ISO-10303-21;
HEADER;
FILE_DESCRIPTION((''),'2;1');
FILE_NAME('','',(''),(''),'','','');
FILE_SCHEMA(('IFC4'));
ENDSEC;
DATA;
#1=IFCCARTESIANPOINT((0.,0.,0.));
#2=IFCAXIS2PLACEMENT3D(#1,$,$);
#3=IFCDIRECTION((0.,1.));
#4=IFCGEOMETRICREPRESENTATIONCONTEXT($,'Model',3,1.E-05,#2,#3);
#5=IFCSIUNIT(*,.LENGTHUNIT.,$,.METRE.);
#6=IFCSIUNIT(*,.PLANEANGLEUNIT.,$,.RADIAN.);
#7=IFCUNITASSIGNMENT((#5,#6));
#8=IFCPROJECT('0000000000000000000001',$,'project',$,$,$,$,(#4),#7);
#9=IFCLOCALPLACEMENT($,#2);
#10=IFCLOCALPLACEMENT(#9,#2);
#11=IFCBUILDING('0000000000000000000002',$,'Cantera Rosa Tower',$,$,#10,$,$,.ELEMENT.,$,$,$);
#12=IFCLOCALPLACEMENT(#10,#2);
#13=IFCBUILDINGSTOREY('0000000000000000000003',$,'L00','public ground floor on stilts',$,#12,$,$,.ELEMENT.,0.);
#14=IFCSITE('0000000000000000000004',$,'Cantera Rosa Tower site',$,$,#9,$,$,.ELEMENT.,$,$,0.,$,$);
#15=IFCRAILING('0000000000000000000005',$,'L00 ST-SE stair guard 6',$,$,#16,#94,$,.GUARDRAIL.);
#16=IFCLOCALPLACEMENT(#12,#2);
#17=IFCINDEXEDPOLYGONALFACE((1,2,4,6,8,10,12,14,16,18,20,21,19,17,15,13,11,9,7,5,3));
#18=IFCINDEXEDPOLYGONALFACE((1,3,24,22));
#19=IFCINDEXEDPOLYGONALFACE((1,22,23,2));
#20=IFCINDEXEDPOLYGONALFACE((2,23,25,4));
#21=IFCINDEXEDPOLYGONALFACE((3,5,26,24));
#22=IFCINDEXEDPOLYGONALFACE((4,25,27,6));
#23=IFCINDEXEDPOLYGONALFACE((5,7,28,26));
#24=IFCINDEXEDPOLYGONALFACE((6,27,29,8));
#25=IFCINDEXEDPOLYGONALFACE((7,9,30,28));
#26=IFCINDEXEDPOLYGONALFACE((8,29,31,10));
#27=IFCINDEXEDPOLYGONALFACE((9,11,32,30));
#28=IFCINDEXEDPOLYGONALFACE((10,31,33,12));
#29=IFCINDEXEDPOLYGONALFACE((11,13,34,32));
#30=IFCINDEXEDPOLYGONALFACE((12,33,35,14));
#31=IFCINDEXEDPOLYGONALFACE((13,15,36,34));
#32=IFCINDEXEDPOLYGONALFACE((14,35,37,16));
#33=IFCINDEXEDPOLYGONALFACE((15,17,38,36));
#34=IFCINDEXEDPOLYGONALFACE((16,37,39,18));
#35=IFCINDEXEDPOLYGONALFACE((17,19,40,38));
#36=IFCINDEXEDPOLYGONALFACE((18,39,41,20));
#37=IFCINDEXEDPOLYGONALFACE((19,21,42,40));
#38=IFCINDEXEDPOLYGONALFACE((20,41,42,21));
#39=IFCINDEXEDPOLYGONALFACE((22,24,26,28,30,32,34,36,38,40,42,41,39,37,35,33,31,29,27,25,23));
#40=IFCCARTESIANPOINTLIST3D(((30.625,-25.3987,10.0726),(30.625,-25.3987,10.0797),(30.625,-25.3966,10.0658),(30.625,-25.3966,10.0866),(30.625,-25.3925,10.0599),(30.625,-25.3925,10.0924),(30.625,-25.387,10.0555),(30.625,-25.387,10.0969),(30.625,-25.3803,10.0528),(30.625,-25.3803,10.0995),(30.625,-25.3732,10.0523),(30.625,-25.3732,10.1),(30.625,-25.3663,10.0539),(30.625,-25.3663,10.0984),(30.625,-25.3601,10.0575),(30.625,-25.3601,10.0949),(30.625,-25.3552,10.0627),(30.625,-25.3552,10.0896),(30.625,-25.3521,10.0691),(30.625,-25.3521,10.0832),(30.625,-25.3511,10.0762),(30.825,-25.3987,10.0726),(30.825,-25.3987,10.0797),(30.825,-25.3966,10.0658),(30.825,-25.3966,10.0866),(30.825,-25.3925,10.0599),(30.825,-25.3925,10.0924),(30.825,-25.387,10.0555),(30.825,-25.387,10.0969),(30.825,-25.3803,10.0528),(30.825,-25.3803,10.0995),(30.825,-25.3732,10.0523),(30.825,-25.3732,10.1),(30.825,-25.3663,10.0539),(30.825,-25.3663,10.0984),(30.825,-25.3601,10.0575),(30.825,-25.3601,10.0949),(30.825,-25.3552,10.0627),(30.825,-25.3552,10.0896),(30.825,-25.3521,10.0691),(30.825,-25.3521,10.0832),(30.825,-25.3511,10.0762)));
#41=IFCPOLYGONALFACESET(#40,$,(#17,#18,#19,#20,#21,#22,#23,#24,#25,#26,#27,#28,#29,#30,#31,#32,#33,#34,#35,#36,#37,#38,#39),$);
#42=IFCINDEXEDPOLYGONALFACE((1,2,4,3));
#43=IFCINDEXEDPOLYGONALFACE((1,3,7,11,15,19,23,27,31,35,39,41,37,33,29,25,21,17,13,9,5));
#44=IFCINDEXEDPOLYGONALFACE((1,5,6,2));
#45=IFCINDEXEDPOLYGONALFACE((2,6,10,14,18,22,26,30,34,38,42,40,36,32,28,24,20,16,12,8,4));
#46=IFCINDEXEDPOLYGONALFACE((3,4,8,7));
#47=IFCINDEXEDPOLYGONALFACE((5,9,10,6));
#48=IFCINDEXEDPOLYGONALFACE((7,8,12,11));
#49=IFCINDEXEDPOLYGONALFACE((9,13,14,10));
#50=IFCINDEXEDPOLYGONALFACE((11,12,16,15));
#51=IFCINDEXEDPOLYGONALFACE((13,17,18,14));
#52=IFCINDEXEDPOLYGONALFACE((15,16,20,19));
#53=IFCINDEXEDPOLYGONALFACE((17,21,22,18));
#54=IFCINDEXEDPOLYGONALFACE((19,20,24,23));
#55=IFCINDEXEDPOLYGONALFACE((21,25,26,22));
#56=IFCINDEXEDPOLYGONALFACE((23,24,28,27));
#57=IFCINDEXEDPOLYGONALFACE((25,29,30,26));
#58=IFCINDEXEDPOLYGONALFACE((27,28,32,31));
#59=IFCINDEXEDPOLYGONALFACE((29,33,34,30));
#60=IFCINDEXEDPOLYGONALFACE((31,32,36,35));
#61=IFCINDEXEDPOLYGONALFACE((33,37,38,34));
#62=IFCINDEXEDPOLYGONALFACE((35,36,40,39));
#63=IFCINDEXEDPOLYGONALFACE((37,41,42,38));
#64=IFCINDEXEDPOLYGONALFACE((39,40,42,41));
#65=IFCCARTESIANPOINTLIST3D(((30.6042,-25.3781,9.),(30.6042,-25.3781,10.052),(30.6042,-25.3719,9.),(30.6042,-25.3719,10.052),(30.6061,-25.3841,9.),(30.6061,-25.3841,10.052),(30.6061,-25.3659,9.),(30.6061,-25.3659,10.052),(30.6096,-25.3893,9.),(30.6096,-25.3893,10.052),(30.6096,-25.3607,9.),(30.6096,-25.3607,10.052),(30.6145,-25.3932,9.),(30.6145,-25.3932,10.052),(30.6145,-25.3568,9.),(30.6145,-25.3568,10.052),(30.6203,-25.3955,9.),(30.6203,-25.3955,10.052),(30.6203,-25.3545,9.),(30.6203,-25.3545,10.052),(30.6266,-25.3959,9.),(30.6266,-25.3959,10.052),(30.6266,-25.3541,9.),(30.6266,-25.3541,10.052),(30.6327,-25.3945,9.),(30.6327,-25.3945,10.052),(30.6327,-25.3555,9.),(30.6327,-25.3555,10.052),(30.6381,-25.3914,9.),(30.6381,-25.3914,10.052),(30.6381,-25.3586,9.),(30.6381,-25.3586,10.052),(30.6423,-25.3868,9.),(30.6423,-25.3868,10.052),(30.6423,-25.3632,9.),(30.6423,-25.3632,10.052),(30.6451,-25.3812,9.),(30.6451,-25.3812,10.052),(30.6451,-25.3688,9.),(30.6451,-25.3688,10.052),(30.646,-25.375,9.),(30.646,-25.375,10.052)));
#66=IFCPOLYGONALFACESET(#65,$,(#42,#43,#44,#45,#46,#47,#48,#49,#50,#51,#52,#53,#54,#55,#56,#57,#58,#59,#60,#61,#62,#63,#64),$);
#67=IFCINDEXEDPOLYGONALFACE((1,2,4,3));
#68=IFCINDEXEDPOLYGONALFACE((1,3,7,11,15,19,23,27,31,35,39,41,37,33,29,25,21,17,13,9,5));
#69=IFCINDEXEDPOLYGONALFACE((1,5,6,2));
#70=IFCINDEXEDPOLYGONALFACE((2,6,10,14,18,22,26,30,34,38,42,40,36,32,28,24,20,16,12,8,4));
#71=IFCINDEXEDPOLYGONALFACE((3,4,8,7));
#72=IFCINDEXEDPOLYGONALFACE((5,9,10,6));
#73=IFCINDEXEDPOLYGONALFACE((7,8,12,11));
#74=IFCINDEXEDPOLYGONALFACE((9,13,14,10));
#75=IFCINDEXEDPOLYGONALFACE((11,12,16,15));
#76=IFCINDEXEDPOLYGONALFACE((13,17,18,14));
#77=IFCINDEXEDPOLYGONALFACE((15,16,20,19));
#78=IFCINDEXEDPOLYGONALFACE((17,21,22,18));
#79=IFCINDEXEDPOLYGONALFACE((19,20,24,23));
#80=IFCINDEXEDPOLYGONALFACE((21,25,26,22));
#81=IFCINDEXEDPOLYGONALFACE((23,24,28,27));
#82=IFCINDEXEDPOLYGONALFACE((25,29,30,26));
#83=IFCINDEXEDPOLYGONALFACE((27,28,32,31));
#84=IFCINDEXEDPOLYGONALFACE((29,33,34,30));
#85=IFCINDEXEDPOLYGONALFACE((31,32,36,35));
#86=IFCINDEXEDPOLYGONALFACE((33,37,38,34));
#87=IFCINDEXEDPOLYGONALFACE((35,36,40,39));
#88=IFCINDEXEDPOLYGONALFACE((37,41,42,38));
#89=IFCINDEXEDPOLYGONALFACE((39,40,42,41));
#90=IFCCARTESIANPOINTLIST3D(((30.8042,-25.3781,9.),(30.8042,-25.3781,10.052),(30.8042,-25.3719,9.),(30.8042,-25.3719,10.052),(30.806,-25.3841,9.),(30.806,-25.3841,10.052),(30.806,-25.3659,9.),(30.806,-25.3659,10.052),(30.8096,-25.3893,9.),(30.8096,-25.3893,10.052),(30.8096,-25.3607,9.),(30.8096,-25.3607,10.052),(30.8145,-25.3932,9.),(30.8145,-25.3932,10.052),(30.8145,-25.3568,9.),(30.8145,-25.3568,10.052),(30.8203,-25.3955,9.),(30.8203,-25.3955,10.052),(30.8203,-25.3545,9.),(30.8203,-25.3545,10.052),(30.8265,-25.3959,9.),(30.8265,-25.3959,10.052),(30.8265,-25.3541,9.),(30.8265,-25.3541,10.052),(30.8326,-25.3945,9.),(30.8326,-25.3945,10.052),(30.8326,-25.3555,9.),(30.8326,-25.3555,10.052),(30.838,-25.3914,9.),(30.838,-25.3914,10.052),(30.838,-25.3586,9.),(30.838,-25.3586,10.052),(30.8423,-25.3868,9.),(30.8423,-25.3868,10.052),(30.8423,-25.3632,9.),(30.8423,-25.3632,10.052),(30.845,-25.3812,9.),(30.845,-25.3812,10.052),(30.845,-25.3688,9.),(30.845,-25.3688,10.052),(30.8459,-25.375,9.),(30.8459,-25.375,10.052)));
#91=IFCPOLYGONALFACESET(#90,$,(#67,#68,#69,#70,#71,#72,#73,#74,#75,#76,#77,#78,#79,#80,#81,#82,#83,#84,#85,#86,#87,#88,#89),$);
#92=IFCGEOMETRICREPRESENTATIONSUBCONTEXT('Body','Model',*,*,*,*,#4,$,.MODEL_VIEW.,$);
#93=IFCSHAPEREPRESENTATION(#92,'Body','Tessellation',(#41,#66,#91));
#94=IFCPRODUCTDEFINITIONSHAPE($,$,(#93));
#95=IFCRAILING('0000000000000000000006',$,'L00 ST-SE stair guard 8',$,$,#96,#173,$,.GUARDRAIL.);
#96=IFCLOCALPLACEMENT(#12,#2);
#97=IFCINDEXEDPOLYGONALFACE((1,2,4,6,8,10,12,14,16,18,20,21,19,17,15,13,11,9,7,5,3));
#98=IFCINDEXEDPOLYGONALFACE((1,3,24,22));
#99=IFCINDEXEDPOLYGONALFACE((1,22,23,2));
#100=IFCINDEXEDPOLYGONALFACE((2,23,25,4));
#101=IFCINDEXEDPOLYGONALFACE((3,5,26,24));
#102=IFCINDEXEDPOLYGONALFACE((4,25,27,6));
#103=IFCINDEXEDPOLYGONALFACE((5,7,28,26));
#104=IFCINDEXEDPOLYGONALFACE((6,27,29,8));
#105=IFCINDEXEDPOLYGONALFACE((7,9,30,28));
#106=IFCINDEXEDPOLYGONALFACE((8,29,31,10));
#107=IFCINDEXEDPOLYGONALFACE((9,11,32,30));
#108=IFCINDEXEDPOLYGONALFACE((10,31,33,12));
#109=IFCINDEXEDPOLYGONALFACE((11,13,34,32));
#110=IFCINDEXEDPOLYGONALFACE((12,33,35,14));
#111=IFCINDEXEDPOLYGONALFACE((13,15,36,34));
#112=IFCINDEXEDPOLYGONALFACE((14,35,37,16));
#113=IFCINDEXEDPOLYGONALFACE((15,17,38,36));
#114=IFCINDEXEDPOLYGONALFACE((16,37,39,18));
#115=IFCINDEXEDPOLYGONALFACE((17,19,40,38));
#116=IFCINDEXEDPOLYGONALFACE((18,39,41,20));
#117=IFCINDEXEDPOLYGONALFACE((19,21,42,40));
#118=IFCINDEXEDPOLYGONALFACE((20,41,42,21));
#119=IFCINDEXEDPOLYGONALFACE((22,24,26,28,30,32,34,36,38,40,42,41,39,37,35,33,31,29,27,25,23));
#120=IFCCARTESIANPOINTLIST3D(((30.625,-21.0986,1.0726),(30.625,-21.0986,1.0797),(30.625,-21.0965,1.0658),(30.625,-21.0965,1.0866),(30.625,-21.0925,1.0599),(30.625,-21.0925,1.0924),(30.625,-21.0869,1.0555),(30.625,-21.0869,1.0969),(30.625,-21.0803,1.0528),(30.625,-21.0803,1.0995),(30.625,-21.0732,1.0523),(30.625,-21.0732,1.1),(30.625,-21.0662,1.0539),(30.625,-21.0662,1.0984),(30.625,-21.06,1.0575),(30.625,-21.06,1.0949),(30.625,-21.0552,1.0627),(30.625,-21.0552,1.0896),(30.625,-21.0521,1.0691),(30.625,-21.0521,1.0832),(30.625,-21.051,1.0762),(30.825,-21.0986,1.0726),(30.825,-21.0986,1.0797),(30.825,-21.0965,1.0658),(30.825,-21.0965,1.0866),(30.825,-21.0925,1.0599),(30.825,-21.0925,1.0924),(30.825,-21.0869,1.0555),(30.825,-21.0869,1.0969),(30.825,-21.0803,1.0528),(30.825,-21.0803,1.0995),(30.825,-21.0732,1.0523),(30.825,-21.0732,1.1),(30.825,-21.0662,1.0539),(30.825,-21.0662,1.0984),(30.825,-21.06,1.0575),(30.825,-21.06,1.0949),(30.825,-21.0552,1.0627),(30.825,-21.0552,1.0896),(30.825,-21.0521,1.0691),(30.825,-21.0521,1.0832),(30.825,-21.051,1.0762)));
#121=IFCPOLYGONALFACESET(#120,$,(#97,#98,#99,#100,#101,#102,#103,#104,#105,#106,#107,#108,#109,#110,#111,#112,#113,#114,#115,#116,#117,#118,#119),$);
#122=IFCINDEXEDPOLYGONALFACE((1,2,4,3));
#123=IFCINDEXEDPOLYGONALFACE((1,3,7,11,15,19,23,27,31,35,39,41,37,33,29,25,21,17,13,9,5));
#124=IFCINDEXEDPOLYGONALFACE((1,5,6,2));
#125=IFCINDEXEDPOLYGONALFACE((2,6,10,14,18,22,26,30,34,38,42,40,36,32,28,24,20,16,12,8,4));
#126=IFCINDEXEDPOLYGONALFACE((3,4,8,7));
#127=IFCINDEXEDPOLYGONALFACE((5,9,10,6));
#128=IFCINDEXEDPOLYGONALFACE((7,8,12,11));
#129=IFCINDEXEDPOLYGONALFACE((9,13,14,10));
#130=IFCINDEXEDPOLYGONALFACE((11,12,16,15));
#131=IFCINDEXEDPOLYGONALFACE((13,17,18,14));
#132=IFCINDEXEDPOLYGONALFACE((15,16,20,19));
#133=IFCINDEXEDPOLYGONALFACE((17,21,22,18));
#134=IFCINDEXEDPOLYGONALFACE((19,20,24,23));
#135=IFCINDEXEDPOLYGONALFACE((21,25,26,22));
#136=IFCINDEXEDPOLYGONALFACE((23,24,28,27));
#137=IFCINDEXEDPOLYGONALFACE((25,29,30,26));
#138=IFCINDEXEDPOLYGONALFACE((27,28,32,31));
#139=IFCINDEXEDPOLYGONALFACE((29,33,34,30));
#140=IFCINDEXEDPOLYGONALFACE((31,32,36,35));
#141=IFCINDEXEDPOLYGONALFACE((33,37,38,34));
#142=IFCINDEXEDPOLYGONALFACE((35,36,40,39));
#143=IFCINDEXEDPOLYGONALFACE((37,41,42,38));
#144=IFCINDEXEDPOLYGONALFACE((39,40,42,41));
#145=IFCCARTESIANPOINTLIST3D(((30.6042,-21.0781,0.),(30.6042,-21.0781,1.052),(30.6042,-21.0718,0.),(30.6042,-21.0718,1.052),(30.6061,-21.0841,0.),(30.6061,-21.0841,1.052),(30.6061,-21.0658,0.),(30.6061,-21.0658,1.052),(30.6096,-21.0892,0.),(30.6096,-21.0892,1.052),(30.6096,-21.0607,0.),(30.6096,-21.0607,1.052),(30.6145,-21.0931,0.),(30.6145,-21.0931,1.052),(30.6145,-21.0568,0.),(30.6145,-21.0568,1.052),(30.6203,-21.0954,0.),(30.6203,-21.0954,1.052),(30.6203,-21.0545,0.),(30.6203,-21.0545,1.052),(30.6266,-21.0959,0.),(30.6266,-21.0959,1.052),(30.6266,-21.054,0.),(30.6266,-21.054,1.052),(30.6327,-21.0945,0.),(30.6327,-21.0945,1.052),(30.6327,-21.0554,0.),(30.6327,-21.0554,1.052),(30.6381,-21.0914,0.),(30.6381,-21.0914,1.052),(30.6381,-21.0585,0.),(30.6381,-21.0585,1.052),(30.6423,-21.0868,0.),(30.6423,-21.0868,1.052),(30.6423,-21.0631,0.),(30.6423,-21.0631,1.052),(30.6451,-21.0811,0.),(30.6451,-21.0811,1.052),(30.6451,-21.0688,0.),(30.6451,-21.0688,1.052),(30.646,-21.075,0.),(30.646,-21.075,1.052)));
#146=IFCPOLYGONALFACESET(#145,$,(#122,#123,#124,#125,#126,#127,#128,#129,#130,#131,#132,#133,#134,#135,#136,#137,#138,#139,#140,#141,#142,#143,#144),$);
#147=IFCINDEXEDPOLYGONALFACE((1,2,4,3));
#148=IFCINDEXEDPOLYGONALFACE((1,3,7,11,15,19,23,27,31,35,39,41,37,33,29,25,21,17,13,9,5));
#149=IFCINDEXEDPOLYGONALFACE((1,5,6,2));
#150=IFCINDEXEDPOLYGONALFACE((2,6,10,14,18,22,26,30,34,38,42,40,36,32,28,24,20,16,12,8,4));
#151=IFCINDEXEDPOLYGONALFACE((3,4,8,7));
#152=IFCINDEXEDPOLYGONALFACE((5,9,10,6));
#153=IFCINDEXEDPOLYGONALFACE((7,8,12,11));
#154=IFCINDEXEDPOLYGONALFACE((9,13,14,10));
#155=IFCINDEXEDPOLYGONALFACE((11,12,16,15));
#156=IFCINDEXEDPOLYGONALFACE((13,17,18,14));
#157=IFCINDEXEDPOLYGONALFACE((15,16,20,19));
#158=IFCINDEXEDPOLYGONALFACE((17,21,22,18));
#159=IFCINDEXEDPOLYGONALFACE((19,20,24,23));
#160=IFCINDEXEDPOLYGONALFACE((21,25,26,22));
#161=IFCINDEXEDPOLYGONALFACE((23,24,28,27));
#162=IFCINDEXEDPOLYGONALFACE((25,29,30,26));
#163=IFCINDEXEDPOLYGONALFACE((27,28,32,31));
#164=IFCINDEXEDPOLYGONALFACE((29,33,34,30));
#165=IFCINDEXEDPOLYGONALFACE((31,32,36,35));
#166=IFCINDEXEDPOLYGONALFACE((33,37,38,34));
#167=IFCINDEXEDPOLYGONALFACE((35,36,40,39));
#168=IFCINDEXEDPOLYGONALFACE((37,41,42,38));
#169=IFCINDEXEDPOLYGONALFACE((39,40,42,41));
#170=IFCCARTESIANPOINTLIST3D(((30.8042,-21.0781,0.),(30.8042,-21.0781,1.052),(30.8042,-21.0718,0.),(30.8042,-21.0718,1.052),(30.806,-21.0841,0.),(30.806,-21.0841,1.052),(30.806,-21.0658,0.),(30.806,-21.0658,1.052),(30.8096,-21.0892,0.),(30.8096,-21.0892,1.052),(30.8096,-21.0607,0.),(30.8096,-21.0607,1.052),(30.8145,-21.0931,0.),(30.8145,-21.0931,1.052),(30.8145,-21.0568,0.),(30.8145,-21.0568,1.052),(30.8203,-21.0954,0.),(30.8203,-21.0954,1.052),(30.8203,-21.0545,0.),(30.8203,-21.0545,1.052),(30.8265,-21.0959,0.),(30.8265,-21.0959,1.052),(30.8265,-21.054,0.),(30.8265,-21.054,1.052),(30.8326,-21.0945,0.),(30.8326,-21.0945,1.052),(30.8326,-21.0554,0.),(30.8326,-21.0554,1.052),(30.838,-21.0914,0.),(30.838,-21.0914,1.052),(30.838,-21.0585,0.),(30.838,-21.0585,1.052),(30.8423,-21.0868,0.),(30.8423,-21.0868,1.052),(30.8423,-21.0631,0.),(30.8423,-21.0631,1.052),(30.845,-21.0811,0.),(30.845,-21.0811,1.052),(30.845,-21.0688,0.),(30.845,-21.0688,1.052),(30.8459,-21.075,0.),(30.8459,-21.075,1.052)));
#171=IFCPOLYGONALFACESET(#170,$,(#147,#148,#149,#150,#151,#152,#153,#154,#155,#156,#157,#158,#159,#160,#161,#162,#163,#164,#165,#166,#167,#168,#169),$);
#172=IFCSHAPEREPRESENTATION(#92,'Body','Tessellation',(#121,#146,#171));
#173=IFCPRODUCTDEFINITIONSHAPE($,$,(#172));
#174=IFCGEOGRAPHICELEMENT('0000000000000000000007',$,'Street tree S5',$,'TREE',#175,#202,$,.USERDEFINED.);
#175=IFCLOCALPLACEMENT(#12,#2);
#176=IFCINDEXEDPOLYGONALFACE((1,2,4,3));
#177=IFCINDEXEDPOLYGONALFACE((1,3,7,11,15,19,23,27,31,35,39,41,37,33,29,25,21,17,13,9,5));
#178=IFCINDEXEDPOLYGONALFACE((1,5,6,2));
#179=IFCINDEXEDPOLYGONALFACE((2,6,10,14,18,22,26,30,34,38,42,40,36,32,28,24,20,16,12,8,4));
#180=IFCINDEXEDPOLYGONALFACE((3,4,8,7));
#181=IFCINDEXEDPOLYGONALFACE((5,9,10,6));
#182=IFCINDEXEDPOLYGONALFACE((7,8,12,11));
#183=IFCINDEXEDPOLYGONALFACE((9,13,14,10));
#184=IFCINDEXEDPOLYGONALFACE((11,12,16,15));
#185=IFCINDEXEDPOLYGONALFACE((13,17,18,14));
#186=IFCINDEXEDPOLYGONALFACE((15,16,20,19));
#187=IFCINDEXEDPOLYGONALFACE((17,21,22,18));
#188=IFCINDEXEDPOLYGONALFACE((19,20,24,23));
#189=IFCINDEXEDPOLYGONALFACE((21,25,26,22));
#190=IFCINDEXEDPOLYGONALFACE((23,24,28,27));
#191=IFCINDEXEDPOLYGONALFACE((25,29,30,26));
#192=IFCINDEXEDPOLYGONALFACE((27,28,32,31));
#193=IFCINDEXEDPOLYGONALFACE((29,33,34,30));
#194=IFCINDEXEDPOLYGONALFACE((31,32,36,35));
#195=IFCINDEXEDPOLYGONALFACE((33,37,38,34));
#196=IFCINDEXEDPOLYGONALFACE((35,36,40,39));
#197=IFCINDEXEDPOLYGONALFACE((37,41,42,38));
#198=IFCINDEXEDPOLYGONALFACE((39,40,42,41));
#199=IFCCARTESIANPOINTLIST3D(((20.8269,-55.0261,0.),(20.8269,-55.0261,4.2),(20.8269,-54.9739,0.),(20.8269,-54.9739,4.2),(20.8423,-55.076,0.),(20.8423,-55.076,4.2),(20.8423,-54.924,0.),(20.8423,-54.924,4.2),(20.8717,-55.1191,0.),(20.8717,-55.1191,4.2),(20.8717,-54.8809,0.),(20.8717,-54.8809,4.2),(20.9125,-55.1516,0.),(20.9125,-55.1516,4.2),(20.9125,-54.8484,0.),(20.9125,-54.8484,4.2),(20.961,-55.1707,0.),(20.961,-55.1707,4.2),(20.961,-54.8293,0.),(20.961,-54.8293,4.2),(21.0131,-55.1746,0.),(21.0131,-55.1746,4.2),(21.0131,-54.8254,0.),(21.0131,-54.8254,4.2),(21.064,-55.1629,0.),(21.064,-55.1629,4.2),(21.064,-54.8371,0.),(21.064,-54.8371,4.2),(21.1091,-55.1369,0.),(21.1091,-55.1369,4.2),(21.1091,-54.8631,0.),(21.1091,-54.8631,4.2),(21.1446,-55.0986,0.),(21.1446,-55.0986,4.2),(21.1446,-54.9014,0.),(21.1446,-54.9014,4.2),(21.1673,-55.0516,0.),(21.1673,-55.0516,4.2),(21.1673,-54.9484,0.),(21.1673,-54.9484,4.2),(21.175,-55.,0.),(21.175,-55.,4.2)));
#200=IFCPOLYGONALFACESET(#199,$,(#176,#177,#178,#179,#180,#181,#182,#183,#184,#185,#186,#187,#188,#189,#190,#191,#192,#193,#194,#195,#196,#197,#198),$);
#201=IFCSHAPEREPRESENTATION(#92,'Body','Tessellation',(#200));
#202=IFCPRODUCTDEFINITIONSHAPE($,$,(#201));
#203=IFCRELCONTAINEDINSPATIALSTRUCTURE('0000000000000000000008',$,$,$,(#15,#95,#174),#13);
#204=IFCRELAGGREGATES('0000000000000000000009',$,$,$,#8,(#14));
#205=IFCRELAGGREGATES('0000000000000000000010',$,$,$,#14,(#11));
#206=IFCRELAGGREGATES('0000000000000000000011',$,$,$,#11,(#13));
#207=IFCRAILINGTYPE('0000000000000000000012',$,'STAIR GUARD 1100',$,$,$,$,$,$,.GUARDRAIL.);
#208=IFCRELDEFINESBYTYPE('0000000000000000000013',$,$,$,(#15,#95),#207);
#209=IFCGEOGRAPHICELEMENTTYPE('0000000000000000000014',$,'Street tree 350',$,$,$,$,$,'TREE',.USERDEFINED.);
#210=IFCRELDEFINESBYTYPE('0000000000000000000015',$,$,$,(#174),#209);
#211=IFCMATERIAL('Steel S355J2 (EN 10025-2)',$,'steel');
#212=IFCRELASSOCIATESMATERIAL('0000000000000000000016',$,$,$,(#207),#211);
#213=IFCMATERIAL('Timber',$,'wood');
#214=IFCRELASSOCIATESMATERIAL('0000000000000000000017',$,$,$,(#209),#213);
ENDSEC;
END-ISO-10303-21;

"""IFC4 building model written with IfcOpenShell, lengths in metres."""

from ifc_helpers import new_model, si_unit, direction, frame, origin, origin_2d, place, context, subcontext, project, spatial, circle, extrude, material, material_profile, profile_set, type_object, element, save


model = new_model("IFC4")

# Units and contexts
model_context = context("Model", 3, precision=1e-05, world=origin(), true_north=direction((0.0, 1.0)))
body_context = subcontext(model_context, "Body", "Model", "MODEL_VIEW")
ifc_project = project(units=[si_unit("LENGTHUNIT", "METRE"), si_unit("PLANEANGLEUNIT", "RADIAN")], contexts=[model_context])

# Site, building, storey
site_placement = place(None, origin())
site = spatial("IfcSite", under=ifc_project, at=site_placement, Name="Cantera Rosa Tower site", CompositionType="ELEMENT", RefElevation=0.0)
building_placement = place(site_placement, origin())
building = spatial("IfcBuilding", under=site, at=building_placement, Name="Cantera Rosa Tower", CompositionType="ELEMENT")
storey_placement = place(building_placement, origin())
storey = spatial("IfcBuildingStorey", under=building, at=storey_placement, Name="L00", Description="public ground floor on stilts", CompositionType="ELEMENT", Elevation=0.0)

# Railings
ifc_material_1 = material(Name="Steel S355J2 (EN 10025-2)", Category="steel")
railing_type_1 = type_object("IfcRailingType", Name="STAIR GUARD 1100", PredefinedType="GUARDRAIL", material=ifc_material_1)
railing_1_placement = place(storey_placement, frame((30.625, -25.375, 9.0)))
element("IfcRailing", 1, at=railing_1_placement, inside=storey, type_object=railing_type_1, Name="L00 ST-SE stair guard 6", PredefinedType="GUARDRAIL", context=body_context, shape_type="SweptSolid", body=[
    extrude(circle(Radius=0.0239, at=origin_2d()), frame((0.0, 0.0, 1.0762), z_axis=(1.0, 0.0, 0.0), x_axis=(0.0, 1.0, 0.0)), (0.0, 0.0, 1.0), 0.2),
    extrude(circle(Radius=0.021, at=origin_2d()), origin(), (0.0, 0.0, 1.0), 1.052),
    extrude(circle(Radius=0.021, at=origin_2d()), frame((0.2, 0.0, 0.0)), (0.0, 0.0, 1.0), 1.052),
])
railing_2_placement = place(storey_placement, frame((30.625, -21.075, 0.0)))
element("IfcRailing", 2, at=railing_2_placement, inside=storey, type_object=railing_type_1, Name="L00 ST-SE stair guard 8", PredefinedType="GUARDRAIL", context=body_context, shape_type="SweptSolid", body=[
    extrude(circle(Radius=0.0239, at=origin_2d()), frame((0.0, 0.0, 1.0762), z_axis=(1.0, 0.0, 0.0), x_axis=(0.0, 1.0, 0.0)), (0.0, 0.0, 1.0), 0.2),
    extrude(circle(Radius=0.021, at=origin_2d()), origin(), (0.0, 0.0, 1.0), 1.052),
    extrude(circle(Radius=0.021, at=origin_2d()), frame((0.2, 0.0, 0.0)), (0.0, 0.0, 1.0), 1.052),
])

# Geographic element
ifc_material_2 = material(Name="Timber", Category="wood")
ifc_material_profile_1 = material_profile(ifc_material_2, circle(Radius=0.175, at=origin_2d()), Name="Street tree 350")
ifc_profile_set_1 = profile_set([ifc_material_profile_1], Name="Timber")
geographic_element_type = type_object("IfcGeographicElementType", Name="Street tree 350", ElementType="TREE", PredefinedType="USERDEFINED", material=ifc_profile_set_1)
for number, where, z_axis, x_axis, name in (
    (3, (21.0, -55.0, 0.0), (0.0, 0.0, 1.0), (1.0, 0.0, 0.0), "Street tree S5"),
):
    element("IfcGeographicElement", number, at=place(storey_placement, frame(where, z_axis=z_axis, x_axis=x_axis)), inside=storey, type_object=geographic_element_type, Name=name, ObjectType="TREE", PredefinedType="USERDEFINED", context=body_context, shape_type="SweptSolid", body=[
        extrude(circle(Radius=0.175, at=origin_2d()), origin(), (0.0, 0.0, 1.0), 4.2),
    ])

save(model, "model.ifc")
